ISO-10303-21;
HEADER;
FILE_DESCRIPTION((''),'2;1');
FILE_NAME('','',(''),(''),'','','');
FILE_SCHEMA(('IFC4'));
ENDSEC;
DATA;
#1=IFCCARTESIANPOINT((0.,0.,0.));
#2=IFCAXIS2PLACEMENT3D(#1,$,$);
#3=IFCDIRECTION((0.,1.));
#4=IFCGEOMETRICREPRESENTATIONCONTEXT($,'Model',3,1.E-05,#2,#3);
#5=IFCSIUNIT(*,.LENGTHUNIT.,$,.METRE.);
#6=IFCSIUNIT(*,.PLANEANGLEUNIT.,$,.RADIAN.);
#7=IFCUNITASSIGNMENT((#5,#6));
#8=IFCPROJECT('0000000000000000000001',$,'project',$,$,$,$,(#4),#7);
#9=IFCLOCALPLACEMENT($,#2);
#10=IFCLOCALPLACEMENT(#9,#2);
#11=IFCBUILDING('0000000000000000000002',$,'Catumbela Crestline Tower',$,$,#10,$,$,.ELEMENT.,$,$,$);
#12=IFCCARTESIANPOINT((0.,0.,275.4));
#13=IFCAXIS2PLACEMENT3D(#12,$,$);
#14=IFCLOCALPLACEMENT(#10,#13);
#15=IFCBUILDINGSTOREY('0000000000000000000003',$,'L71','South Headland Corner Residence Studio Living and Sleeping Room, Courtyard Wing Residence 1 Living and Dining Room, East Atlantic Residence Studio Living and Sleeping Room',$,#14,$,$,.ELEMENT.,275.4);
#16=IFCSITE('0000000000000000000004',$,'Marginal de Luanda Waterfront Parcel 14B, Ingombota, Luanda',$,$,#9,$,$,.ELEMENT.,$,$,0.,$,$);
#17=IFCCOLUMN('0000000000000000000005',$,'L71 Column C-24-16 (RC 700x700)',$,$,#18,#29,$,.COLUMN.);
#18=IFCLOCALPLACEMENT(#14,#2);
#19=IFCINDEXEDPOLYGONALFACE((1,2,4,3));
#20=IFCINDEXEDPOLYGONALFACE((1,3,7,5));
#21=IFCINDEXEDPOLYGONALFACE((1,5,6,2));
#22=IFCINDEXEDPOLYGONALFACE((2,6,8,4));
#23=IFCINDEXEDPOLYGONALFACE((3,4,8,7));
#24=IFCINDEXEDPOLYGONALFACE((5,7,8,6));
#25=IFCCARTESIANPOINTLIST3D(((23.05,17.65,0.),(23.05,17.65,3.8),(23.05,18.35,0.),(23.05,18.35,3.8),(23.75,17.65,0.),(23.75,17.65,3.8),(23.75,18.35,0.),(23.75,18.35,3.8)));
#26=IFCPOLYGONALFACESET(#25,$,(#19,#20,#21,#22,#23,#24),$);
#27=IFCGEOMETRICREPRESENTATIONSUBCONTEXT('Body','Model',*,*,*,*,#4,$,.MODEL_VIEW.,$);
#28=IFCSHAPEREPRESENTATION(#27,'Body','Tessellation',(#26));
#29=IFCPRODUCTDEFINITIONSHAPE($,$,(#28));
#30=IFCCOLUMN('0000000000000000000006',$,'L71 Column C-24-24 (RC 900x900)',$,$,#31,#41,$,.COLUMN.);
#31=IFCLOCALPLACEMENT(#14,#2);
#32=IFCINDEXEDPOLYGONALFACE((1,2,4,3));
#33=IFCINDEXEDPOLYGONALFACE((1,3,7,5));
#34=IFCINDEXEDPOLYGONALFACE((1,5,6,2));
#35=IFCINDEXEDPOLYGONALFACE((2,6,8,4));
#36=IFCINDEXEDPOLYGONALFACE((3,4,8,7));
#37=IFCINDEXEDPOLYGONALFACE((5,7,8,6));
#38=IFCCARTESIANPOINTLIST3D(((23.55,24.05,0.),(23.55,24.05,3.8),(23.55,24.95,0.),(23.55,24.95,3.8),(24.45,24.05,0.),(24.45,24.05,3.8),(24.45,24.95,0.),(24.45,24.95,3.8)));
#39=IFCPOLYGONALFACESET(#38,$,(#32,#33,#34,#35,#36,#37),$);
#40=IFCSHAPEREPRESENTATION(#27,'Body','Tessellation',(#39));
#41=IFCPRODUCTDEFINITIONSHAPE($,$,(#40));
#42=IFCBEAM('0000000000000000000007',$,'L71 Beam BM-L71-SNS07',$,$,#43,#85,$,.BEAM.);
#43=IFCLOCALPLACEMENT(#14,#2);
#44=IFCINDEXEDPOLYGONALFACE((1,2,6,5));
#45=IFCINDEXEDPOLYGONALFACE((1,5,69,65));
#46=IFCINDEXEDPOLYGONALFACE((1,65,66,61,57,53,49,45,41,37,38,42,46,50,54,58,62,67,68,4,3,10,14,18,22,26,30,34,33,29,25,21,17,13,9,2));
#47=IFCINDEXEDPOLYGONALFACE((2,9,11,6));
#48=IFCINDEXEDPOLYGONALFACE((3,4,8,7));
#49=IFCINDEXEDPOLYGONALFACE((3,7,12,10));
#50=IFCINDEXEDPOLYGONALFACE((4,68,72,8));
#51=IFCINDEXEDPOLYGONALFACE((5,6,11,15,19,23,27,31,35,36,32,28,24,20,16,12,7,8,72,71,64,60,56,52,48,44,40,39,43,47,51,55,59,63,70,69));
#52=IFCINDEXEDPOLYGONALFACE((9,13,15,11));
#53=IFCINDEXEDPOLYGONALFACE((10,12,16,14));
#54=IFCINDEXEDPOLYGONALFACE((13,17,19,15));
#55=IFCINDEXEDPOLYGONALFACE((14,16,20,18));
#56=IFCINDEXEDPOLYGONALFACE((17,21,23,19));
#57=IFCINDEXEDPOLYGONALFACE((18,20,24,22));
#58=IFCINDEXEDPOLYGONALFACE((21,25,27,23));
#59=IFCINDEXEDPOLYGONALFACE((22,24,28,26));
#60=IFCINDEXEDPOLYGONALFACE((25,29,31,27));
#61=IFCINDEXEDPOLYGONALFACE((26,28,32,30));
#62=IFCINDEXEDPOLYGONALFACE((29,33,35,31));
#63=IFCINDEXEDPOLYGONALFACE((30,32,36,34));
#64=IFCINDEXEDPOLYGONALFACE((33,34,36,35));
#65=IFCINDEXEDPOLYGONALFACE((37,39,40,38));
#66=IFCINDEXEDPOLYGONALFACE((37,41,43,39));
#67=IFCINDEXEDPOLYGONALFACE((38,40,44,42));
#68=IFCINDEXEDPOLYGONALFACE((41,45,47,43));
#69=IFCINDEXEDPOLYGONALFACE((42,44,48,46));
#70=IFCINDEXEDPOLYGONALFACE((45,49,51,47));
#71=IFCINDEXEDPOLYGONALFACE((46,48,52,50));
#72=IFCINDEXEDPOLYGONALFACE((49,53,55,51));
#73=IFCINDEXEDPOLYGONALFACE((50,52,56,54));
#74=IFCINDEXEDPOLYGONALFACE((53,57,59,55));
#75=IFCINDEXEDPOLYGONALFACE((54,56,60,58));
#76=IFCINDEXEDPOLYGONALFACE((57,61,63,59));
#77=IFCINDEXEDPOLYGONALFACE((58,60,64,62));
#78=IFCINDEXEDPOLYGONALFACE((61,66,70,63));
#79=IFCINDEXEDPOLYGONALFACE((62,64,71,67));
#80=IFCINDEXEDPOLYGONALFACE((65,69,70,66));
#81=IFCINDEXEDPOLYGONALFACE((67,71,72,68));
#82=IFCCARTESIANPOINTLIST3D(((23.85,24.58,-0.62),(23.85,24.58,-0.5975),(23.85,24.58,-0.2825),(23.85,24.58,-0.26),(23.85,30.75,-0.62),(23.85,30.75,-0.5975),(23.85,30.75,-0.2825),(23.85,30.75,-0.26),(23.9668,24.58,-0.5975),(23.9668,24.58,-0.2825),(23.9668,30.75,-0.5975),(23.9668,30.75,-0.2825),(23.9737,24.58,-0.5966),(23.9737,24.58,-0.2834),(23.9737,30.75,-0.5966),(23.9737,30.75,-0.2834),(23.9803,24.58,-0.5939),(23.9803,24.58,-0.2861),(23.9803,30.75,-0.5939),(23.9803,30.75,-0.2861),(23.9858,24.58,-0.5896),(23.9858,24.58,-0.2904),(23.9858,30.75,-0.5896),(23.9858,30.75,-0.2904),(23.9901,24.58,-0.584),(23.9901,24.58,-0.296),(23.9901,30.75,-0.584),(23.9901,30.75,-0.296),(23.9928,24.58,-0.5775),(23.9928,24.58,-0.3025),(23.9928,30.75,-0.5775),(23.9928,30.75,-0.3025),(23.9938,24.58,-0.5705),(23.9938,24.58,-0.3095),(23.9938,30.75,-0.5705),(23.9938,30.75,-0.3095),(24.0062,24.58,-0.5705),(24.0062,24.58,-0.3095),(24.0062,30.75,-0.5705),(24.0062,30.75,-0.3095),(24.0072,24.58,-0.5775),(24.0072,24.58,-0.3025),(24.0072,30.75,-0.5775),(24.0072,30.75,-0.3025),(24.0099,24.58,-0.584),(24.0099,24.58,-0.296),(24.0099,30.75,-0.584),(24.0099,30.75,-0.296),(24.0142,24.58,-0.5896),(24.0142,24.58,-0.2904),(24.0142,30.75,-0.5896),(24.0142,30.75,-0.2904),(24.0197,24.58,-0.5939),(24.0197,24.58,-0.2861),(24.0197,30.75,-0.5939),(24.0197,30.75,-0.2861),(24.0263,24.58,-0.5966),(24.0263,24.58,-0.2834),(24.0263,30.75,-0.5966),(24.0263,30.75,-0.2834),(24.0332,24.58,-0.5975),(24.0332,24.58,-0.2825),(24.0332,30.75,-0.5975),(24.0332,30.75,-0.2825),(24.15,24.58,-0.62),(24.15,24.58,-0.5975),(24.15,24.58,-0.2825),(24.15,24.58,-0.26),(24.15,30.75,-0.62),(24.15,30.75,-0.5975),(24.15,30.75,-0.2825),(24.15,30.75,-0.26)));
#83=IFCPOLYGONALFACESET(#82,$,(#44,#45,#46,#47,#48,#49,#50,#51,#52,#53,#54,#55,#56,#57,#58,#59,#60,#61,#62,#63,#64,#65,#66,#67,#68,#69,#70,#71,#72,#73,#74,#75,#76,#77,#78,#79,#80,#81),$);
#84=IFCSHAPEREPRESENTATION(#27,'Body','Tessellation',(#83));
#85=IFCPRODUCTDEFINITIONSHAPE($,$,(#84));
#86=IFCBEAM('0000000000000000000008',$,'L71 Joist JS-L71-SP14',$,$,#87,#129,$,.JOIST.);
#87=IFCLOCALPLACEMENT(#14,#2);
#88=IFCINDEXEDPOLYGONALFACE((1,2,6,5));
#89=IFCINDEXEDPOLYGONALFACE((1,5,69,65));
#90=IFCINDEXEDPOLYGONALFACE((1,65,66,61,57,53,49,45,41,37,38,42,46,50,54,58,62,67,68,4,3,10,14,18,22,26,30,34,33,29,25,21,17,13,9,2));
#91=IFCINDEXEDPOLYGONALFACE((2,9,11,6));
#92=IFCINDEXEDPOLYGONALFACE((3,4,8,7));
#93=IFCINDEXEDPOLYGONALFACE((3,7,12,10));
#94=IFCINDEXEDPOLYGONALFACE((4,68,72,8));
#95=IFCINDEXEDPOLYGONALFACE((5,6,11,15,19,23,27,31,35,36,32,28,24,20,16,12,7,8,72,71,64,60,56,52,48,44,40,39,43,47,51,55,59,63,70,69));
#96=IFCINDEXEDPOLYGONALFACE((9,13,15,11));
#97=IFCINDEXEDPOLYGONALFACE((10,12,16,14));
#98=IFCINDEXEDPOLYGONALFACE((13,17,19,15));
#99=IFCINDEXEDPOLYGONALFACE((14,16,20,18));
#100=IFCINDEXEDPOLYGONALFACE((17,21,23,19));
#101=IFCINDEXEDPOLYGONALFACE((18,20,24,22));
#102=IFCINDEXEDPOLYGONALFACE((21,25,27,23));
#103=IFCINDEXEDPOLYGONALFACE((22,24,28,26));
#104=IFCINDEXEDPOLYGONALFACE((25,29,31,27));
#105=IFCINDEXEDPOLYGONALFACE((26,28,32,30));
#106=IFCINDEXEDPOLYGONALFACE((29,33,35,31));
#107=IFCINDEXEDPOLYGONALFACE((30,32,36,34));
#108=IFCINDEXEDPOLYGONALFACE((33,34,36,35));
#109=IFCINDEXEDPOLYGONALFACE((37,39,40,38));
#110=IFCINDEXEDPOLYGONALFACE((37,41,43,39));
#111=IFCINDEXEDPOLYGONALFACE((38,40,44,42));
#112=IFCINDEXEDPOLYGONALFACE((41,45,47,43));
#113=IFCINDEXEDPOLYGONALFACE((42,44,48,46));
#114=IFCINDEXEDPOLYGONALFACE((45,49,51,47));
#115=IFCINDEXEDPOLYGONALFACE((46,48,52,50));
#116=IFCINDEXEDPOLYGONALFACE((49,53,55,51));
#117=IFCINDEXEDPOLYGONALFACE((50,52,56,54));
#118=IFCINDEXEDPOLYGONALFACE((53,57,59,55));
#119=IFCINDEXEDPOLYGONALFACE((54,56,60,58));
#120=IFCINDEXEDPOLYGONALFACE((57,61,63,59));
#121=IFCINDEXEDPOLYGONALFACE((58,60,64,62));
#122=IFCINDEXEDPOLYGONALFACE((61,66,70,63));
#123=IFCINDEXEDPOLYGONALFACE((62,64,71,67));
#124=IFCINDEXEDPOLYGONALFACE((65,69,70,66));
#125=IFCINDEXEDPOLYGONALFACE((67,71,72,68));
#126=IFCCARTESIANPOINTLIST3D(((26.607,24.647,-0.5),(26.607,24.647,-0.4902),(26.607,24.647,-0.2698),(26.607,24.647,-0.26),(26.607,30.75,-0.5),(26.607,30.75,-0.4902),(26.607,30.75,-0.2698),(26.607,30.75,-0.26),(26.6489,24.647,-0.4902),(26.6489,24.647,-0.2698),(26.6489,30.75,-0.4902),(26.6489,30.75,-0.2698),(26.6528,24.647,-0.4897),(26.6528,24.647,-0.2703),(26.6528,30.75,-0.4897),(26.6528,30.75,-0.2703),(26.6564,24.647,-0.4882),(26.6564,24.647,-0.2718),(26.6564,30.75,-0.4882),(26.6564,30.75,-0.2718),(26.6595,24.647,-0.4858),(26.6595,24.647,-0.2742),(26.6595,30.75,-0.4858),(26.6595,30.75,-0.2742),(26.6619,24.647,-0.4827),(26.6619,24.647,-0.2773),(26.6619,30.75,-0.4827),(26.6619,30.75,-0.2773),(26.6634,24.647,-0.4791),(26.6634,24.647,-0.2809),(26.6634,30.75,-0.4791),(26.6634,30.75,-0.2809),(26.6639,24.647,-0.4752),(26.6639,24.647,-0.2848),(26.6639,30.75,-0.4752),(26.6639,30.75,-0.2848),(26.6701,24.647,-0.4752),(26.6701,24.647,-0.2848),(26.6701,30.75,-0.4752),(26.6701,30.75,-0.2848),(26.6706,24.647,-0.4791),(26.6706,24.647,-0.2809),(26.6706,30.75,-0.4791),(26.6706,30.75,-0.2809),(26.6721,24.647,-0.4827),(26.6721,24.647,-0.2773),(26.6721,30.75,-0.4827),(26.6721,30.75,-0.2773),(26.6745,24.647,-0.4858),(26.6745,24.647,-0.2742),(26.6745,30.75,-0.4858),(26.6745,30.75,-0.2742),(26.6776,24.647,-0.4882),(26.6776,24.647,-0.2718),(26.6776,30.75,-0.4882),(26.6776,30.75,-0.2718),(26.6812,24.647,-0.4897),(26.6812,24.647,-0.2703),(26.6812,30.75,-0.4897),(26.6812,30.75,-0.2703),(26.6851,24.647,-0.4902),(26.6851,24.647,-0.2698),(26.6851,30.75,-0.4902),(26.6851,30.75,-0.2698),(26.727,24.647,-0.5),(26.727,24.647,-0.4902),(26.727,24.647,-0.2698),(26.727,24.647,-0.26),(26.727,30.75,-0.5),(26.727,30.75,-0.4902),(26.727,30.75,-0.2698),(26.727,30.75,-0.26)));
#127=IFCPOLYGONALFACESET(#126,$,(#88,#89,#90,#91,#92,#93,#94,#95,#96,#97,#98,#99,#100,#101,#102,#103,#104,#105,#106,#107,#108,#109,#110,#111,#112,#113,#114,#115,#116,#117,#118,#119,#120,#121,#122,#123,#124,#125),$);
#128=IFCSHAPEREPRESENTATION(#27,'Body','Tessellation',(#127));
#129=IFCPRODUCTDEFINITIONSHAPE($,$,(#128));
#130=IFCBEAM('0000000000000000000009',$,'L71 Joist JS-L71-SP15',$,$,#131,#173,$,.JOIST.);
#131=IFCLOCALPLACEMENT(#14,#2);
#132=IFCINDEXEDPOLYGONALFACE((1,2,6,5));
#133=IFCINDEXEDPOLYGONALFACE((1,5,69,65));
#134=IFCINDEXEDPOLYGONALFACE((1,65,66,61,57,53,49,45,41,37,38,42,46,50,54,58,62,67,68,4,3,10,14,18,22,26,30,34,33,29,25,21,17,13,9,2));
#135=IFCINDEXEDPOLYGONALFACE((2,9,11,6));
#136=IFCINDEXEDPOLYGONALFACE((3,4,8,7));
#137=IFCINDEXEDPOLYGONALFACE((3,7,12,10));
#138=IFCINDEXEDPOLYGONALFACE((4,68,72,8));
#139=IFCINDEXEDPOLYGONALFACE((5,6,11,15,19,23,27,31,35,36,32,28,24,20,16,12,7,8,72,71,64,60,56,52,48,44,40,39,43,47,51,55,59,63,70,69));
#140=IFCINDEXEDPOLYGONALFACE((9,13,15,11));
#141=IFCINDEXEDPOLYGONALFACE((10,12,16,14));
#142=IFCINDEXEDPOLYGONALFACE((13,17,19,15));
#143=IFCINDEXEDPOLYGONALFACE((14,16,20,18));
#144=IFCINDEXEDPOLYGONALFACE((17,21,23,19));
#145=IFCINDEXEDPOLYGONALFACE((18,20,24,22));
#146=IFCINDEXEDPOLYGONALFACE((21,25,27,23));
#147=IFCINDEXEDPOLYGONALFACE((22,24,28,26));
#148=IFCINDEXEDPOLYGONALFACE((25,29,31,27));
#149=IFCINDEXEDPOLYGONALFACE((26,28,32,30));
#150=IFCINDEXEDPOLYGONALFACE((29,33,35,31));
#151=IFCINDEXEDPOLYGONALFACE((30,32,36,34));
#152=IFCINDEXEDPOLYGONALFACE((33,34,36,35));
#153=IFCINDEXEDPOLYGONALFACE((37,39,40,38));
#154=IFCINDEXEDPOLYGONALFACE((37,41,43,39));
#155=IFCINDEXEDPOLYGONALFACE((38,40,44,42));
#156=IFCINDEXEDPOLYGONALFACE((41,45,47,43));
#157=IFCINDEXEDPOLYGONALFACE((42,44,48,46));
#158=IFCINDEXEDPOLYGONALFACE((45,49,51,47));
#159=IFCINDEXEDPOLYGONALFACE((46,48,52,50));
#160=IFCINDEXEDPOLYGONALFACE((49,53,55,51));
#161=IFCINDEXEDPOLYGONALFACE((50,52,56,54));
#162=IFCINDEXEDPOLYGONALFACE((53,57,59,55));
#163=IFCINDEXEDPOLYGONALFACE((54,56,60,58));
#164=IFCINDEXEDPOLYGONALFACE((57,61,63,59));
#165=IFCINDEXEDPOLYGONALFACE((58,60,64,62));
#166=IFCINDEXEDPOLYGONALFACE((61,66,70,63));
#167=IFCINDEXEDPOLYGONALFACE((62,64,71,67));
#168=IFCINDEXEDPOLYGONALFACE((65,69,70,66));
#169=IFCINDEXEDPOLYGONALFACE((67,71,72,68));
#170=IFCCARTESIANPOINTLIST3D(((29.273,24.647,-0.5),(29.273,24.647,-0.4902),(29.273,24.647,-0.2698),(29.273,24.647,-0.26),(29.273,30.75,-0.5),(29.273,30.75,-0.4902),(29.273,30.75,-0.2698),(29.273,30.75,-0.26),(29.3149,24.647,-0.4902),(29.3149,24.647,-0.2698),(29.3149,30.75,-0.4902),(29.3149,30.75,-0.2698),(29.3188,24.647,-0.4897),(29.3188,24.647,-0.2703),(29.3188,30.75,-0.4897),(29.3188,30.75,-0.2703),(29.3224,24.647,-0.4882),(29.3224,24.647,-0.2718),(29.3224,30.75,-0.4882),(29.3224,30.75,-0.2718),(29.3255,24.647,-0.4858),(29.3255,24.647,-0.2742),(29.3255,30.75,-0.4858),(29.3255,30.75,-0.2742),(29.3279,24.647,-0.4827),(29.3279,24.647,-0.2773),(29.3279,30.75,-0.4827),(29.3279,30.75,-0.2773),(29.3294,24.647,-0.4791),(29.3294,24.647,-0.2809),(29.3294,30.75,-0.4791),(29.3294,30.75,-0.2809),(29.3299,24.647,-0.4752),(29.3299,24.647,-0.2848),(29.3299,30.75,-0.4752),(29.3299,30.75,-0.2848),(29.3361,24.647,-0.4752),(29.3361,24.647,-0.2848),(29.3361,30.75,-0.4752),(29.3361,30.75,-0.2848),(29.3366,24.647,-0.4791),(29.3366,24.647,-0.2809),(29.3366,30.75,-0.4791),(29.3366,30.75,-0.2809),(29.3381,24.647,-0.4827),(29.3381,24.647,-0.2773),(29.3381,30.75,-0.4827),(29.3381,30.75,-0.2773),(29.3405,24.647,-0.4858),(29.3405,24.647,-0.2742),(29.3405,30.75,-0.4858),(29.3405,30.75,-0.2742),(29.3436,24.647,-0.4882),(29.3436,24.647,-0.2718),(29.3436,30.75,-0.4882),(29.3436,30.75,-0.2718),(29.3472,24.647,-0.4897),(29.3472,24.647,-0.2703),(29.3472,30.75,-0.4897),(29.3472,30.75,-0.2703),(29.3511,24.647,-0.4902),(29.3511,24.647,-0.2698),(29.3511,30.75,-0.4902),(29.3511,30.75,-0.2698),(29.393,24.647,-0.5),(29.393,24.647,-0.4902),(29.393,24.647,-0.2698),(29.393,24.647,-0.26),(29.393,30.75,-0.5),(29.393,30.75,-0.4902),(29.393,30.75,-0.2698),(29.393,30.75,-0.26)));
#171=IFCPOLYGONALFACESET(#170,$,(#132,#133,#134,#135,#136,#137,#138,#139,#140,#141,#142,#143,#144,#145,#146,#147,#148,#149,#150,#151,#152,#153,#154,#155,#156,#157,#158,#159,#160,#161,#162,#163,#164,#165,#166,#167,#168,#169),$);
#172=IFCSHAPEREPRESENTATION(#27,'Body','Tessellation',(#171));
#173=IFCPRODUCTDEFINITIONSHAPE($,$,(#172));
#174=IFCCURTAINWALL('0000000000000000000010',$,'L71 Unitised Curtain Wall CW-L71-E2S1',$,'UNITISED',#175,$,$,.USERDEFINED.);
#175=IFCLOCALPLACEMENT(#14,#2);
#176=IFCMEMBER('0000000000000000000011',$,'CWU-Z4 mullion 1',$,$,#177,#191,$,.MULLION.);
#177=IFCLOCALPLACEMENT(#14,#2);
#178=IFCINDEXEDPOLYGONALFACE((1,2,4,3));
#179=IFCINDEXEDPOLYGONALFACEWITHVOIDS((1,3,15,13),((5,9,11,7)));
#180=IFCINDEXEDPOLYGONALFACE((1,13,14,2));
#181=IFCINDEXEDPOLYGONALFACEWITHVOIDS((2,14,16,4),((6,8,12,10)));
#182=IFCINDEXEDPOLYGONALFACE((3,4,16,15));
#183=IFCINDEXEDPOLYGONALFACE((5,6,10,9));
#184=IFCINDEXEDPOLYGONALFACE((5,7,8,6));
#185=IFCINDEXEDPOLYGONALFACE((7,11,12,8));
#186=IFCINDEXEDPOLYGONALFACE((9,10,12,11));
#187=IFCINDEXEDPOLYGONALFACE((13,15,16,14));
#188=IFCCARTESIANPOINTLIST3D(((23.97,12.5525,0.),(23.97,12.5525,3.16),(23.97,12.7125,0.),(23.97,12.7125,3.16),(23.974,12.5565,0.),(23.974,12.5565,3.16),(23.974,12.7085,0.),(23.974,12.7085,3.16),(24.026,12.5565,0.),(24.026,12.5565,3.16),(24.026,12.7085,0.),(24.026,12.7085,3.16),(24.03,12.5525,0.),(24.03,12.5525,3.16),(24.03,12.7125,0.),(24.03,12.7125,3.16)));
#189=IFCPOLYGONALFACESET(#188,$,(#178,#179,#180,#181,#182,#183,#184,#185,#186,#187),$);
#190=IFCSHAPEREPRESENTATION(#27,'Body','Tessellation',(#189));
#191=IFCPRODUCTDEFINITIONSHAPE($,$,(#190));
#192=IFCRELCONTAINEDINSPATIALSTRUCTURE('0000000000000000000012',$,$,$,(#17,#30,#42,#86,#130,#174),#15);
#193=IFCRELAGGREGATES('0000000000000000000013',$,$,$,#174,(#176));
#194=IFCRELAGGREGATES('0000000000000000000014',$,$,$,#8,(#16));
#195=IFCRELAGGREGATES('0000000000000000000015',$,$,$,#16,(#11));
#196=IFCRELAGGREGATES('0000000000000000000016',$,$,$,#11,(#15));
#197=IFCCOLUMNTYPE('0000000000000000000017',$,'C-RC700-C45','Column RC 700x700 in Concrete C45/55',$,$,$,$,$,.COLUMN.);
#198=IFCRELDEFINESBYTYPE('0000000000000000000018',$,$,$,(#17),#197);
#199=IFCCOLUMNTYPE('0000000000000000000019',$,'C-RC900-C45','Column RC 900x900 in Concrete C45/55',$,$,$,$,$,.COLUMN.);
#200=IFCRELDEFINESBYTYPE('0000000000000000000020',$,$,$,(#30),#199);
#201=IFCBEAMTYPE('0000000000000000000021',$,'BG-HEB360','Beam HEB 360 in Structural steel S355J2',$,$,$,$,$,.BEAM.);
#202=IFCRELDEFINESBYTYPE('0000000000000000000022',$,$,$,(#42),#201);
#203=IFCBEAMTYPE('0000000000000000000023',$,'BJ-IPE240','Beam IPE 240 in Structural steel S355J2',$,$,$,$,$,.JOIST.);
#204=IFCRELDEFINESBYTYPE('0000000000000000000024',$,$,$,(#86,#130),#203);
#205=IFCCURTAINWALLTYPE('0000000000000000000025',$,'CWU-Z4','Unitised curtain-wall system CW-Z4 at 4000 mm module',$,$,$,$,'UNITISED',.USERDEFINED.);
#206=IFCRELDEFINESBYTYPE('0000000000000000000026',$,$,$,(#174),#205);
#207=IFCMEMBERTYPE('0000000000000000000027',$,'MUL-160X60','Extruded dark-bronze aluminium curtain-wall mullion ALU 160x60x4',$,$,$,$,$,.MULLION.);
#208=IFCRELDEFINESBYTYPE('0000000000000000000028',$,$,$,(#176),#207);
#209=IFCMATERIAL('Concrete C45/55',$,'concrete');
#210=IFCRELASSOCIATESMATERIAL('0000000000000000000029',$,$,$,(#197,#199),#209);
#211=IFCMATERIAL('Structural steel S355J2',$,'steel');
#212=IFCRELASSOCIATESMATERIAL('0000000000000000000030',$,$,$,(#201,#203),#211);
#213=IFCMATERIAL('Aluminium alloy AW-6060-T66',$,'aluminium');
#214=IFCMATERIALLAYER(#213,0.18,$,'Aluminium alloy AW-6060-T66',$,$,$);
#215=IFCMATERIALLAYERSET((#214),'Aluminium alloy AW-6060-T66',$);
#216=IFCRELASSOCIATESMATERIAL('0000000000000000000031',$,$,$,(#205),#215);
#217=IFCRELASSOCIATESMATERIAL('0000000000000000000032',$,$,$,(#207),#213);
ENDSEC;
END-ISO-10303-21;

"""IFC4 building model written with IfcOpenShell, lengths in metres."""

from ifc_helpers import new_model, si_unit, direction, frame, origin, origin_2d, place, context, subcontext, project, spatial, rectangle, hollow_rectangle, i_section, extrude, material, layer, layer_set, material_profile, profile_set, type_object, element, aggregate, save


model = new_model("IFC4")

# Units and contexts
model_context = context("Model", 3, precision=1e-05, world=origin(), true_north=direction((0.0, 1.0)))
body_context = subcontext(model_context, "Body", "Model", "MODEL_VIEW")
ifc_project = project(units=[si_unit("LENGTHUNIT", "METRE"), si_unit("PLANEANGLEUNIT", "RADIAN")], contexts=[model_context])

# Site, building, storey
site_placement = place(None, origin())
site = spatial("IfcSite", under=ifc_project, at=site_placement, Name="Marginal de Luanda Waterfront Parcel 14B, Ingombota, Luanda", CompositionType="ELEMENT", RefElevation=0.0)
building_placement = place(site_placement, origin())
building = spatial("IfcBuilding", under=site, at=building_placement, Name="Catumbela Crestline Tower", CompositionType="ELEMENT")
storey_placement = place(building_placement, frame((0.0, 0.0, 275.4)))
storey = spatial("IfcBuildingStorey", under=building, at=storey_placement, Name="L71", Description="South Headland Corner Residence Studio Living and Sleeping Room, Courtyard Wing Residence 1 Living and Dining Room, East Atlantic Residence Studio Living and Sleeping Room", CompositionType="ELEMENT", Elevation=275.4)

# Columns
ifc_material_1 = material(Name="Concrete C45/55", Category="concrete")
ifc_material_profile_1 = material_profile(ifc_material_1, rectangle(XDim=0.7, YDim=0.7, at=origin_2d()), Name="RC 700x700")
ifc_profile_set_1 = profile_set([ifc_material_profile_1], Name="Concrete C45/55")
column_type_1 = type_object("IfcColumnType", Name="C-RC700-C45", Description="Column RC 700x700 in Concrete C45/55", PredefinedType="COLUMN", material=ifc_profile_set_1)
column_1_placement = place(storey_placement, frame((23.4, 18.0, 0.0), z_axis=(0.0, 0.0, 1.0), x_axis=(1.0, 0.0, 0.0)))
element("IfcColumn", 1, at=column_1_placement, inside=storey, type_object=column_type_1, Name="L71 Column C-24-16 (RC 700x700)", PredefinedType="COLUMN", context=body_context, shape_type="SweptSolid", body=[
    extrude(rectangle(XDim=0.7, YDim=0.7, at=origin_2d()), origin(), (0.0, 0.0, 1.0), 3.8),
])
ifc_material_profile_2 = material_profile(ifc_material_1, rectangle(XDim=0.9, YDim=0.9, at=origin_2d()), Name="RC 900x900")
ifc_profile_set_2 = profile_set([ifc_material_profile_2], Name="Concrete C45/55")
column_type_2 = type_object("IfcColumnType", Name="C-RC900-C45", Description="Column RC 900x900 in Concrete C45/55", PredefinedType="COLUMN", material=ifc_profile_set_2)
column_2_placement = place(storey_placement, frame((24.0, 24.5, 0.0), z_axis=(0.0, 0.0, 1.0), x_axis=(1.0, 0.0, 0.0)))
element("IfcColumn", 2, at=column_2_placement, inside=storey, type_object=column_type_2, Name="L71 Column C-24-24 (RC 900x900)", PredefinedType="COLUMN", context=body_context, shape_type="SweptSolid", body=[
    extrude(rectangle(XDim=0.9, YDim=0.9, at=origin_2d()), origin(), (0.0, 0.0, 1.0), 3.8),
])

# Beams
ifc_material_2 = material(Name="Structural steel S355J2", Category="steel")
ifc_material_profile_3 = material_profile(ifc_material_2, i_section(OverallWidth=0.3, OverallDepth=0.36, WebThickness=0.0125, FlangeThickness=0.0225, FilletRadius=0.027, at=origin_2d()), Name="HEB 360")
ifc_profile_set_3 = profile_set([ifc_material_profile_3], Name="Structural steel S355J2")
beam_type_1 = type_object("IfcBeamType", Name="BG-HEB360", Description="Beam HEB 360 in Structural steel S355J2", PredefinedType="BEAM", material=ifc_profile_set_3)
beam_1_placement = place(storey_placement, frame((24.0, 24.58, -0.44), z_axis=(0.0, 1.0, 0.0), x_axis=(-1.0, 0.0, 0.0)))
element("IfcBeam", 3, at=beam_1_placement, inside=storey, type_object=beam_type_1, Name="L71 Beam BM-L71-SNS07", PredefinedType="BEAM", context=body_context, shape_type="SweptSolid", body=[
    extrude(i_section(OverallWidth=0.3, OverallDepth=0.36, WebThickness=0.0125, FlangeThickness=0.0225, FilletRadius=0.027, at=origin_2d()), origin(), (0.0, 0.0, 1.0), 6.17),
])
ifc_material_profile_4 = material_profile(ifc_material_2, i_section(OverallWidth=0.12, OverallDepth=0.24, WebThickness=0.0062, FlangeThickness=0.0098, FilletRadius=0.015, at=origin_2d()), Name="IPE 240")
ifc_profile_set_4 = profile_set([ifc_material_profile_4], Name="Structural steel S355J2")
beam_type_2 = type_object("IfcBeamType", Name="BJ-IPE240", Description="Beam IPE 240 in Structural steel S355J2", PredefinedType="JOIST", material=ifc_profile_set_4)
for number, where, z_axis, x_axis, name in (
    (4, (26.667, 24.647, -0.38), (0.0, 1.0, 0.0), (-1.0, 0.0, 0.0), "L71 Joist JS-L71-SP14"),
    (5, (29.333, 24.647, -0.38), (0.0, 1.0, 0.0), (-1.0, 0.0, 0.0), "L71 Joist JS-L71-SP15"),
):
    element("IfcBeam", number, at=place(storey_placement, frame(where, z_axis=z_axis, x_axis=x_axis)), inside=storey, type_object=beam_type_2, Name=name, PredefinedType="JOIST", context=body_context, shape_type="SweptSolid", body=[
        extrude(i_section(OverallWidth=0.12, OverallDepth=0.24, WebThickness=0.0062, FlangeThickness=0.0098, FilletRadius=0.015, at=origin_2d()), origin(), (0.0, 0.0, 1.0), 6.103),
    ])

# Curtain wall, member
ifc_material_3 = material(Name="Aluminium alloy AW-6060-T66", Category="aluminium")
ifc_layer_1 = layer(ifc_material_3, 0.18, Name="Aluminium alloy AW-6060-T66")
ifc_layer_set_1 = layer_set([ifc_layer_1], Name="Aluminium alloy AW-6060-T66")
curtain_wall_type = type_object("IfcCurtainWallType", Name="CWU-Z4", Description="Unitised curtain-wall system CW-Z4 at 4000 mm module", ElementType="UNITISED", PredefinedType="USERDEFINED", material=ifc_layer_set_1)
curtain_wall_1_placement = place(storey_placement, origin())
curtain_wall_1 = element("IfcCurtainWall", 6, at=curtain_wall_1_placement, inside=storey, type_object=curtain_wall_type, Name="L71 Unitised Curtain Wall CW-L71-E2S1", ObjectType="UNITISED", PredefinedType="USERDEFINED")
ifc_material_profile_5 = material_profile(ifc_material_3, hollow_rectangle(XDim=0.06, YDim=0.16, WallThickness=0.004, at=origin_2d()), Name="ALU 160x60x4")
ifc_profile_set_5 = profile_set([ifc_material_profile_5], Name="Aluminium alloy AW-6060-T66")
member_type_1 = type_object("IfcMemberType", Name="MUL-160X60", Description="Extruded dark-bronze aluminium curtain-wall mullion ALU 160x60x4", PredefinedType="MULLION", material=ifc_profile_set_5)
member_1_placement = place(storey_placement, frame((24.0, 12.6325, 0.0), z_axis=(0.0, 0.0, 1.0), x_axis=(-1.0, 0.0, 0.0)))
member_1 = element("IfcMember", 7, at=member_1_placement, type_object=member_type_1, Name="CWU-Z4 mullion 1", PredefinedType="MULLION", context=body_context, shape_type="SweptSolid", body=[
    extrude(hollow_rectangle(XDim=0.06, YDim=0.16, WallThickness=0.004, at=origin_2d()), origin(), (0.0, 0.0, 1.0), 3.16),
])

aggregate(curtain_wall_1, [member_1])

save(model, "model.ifc")
